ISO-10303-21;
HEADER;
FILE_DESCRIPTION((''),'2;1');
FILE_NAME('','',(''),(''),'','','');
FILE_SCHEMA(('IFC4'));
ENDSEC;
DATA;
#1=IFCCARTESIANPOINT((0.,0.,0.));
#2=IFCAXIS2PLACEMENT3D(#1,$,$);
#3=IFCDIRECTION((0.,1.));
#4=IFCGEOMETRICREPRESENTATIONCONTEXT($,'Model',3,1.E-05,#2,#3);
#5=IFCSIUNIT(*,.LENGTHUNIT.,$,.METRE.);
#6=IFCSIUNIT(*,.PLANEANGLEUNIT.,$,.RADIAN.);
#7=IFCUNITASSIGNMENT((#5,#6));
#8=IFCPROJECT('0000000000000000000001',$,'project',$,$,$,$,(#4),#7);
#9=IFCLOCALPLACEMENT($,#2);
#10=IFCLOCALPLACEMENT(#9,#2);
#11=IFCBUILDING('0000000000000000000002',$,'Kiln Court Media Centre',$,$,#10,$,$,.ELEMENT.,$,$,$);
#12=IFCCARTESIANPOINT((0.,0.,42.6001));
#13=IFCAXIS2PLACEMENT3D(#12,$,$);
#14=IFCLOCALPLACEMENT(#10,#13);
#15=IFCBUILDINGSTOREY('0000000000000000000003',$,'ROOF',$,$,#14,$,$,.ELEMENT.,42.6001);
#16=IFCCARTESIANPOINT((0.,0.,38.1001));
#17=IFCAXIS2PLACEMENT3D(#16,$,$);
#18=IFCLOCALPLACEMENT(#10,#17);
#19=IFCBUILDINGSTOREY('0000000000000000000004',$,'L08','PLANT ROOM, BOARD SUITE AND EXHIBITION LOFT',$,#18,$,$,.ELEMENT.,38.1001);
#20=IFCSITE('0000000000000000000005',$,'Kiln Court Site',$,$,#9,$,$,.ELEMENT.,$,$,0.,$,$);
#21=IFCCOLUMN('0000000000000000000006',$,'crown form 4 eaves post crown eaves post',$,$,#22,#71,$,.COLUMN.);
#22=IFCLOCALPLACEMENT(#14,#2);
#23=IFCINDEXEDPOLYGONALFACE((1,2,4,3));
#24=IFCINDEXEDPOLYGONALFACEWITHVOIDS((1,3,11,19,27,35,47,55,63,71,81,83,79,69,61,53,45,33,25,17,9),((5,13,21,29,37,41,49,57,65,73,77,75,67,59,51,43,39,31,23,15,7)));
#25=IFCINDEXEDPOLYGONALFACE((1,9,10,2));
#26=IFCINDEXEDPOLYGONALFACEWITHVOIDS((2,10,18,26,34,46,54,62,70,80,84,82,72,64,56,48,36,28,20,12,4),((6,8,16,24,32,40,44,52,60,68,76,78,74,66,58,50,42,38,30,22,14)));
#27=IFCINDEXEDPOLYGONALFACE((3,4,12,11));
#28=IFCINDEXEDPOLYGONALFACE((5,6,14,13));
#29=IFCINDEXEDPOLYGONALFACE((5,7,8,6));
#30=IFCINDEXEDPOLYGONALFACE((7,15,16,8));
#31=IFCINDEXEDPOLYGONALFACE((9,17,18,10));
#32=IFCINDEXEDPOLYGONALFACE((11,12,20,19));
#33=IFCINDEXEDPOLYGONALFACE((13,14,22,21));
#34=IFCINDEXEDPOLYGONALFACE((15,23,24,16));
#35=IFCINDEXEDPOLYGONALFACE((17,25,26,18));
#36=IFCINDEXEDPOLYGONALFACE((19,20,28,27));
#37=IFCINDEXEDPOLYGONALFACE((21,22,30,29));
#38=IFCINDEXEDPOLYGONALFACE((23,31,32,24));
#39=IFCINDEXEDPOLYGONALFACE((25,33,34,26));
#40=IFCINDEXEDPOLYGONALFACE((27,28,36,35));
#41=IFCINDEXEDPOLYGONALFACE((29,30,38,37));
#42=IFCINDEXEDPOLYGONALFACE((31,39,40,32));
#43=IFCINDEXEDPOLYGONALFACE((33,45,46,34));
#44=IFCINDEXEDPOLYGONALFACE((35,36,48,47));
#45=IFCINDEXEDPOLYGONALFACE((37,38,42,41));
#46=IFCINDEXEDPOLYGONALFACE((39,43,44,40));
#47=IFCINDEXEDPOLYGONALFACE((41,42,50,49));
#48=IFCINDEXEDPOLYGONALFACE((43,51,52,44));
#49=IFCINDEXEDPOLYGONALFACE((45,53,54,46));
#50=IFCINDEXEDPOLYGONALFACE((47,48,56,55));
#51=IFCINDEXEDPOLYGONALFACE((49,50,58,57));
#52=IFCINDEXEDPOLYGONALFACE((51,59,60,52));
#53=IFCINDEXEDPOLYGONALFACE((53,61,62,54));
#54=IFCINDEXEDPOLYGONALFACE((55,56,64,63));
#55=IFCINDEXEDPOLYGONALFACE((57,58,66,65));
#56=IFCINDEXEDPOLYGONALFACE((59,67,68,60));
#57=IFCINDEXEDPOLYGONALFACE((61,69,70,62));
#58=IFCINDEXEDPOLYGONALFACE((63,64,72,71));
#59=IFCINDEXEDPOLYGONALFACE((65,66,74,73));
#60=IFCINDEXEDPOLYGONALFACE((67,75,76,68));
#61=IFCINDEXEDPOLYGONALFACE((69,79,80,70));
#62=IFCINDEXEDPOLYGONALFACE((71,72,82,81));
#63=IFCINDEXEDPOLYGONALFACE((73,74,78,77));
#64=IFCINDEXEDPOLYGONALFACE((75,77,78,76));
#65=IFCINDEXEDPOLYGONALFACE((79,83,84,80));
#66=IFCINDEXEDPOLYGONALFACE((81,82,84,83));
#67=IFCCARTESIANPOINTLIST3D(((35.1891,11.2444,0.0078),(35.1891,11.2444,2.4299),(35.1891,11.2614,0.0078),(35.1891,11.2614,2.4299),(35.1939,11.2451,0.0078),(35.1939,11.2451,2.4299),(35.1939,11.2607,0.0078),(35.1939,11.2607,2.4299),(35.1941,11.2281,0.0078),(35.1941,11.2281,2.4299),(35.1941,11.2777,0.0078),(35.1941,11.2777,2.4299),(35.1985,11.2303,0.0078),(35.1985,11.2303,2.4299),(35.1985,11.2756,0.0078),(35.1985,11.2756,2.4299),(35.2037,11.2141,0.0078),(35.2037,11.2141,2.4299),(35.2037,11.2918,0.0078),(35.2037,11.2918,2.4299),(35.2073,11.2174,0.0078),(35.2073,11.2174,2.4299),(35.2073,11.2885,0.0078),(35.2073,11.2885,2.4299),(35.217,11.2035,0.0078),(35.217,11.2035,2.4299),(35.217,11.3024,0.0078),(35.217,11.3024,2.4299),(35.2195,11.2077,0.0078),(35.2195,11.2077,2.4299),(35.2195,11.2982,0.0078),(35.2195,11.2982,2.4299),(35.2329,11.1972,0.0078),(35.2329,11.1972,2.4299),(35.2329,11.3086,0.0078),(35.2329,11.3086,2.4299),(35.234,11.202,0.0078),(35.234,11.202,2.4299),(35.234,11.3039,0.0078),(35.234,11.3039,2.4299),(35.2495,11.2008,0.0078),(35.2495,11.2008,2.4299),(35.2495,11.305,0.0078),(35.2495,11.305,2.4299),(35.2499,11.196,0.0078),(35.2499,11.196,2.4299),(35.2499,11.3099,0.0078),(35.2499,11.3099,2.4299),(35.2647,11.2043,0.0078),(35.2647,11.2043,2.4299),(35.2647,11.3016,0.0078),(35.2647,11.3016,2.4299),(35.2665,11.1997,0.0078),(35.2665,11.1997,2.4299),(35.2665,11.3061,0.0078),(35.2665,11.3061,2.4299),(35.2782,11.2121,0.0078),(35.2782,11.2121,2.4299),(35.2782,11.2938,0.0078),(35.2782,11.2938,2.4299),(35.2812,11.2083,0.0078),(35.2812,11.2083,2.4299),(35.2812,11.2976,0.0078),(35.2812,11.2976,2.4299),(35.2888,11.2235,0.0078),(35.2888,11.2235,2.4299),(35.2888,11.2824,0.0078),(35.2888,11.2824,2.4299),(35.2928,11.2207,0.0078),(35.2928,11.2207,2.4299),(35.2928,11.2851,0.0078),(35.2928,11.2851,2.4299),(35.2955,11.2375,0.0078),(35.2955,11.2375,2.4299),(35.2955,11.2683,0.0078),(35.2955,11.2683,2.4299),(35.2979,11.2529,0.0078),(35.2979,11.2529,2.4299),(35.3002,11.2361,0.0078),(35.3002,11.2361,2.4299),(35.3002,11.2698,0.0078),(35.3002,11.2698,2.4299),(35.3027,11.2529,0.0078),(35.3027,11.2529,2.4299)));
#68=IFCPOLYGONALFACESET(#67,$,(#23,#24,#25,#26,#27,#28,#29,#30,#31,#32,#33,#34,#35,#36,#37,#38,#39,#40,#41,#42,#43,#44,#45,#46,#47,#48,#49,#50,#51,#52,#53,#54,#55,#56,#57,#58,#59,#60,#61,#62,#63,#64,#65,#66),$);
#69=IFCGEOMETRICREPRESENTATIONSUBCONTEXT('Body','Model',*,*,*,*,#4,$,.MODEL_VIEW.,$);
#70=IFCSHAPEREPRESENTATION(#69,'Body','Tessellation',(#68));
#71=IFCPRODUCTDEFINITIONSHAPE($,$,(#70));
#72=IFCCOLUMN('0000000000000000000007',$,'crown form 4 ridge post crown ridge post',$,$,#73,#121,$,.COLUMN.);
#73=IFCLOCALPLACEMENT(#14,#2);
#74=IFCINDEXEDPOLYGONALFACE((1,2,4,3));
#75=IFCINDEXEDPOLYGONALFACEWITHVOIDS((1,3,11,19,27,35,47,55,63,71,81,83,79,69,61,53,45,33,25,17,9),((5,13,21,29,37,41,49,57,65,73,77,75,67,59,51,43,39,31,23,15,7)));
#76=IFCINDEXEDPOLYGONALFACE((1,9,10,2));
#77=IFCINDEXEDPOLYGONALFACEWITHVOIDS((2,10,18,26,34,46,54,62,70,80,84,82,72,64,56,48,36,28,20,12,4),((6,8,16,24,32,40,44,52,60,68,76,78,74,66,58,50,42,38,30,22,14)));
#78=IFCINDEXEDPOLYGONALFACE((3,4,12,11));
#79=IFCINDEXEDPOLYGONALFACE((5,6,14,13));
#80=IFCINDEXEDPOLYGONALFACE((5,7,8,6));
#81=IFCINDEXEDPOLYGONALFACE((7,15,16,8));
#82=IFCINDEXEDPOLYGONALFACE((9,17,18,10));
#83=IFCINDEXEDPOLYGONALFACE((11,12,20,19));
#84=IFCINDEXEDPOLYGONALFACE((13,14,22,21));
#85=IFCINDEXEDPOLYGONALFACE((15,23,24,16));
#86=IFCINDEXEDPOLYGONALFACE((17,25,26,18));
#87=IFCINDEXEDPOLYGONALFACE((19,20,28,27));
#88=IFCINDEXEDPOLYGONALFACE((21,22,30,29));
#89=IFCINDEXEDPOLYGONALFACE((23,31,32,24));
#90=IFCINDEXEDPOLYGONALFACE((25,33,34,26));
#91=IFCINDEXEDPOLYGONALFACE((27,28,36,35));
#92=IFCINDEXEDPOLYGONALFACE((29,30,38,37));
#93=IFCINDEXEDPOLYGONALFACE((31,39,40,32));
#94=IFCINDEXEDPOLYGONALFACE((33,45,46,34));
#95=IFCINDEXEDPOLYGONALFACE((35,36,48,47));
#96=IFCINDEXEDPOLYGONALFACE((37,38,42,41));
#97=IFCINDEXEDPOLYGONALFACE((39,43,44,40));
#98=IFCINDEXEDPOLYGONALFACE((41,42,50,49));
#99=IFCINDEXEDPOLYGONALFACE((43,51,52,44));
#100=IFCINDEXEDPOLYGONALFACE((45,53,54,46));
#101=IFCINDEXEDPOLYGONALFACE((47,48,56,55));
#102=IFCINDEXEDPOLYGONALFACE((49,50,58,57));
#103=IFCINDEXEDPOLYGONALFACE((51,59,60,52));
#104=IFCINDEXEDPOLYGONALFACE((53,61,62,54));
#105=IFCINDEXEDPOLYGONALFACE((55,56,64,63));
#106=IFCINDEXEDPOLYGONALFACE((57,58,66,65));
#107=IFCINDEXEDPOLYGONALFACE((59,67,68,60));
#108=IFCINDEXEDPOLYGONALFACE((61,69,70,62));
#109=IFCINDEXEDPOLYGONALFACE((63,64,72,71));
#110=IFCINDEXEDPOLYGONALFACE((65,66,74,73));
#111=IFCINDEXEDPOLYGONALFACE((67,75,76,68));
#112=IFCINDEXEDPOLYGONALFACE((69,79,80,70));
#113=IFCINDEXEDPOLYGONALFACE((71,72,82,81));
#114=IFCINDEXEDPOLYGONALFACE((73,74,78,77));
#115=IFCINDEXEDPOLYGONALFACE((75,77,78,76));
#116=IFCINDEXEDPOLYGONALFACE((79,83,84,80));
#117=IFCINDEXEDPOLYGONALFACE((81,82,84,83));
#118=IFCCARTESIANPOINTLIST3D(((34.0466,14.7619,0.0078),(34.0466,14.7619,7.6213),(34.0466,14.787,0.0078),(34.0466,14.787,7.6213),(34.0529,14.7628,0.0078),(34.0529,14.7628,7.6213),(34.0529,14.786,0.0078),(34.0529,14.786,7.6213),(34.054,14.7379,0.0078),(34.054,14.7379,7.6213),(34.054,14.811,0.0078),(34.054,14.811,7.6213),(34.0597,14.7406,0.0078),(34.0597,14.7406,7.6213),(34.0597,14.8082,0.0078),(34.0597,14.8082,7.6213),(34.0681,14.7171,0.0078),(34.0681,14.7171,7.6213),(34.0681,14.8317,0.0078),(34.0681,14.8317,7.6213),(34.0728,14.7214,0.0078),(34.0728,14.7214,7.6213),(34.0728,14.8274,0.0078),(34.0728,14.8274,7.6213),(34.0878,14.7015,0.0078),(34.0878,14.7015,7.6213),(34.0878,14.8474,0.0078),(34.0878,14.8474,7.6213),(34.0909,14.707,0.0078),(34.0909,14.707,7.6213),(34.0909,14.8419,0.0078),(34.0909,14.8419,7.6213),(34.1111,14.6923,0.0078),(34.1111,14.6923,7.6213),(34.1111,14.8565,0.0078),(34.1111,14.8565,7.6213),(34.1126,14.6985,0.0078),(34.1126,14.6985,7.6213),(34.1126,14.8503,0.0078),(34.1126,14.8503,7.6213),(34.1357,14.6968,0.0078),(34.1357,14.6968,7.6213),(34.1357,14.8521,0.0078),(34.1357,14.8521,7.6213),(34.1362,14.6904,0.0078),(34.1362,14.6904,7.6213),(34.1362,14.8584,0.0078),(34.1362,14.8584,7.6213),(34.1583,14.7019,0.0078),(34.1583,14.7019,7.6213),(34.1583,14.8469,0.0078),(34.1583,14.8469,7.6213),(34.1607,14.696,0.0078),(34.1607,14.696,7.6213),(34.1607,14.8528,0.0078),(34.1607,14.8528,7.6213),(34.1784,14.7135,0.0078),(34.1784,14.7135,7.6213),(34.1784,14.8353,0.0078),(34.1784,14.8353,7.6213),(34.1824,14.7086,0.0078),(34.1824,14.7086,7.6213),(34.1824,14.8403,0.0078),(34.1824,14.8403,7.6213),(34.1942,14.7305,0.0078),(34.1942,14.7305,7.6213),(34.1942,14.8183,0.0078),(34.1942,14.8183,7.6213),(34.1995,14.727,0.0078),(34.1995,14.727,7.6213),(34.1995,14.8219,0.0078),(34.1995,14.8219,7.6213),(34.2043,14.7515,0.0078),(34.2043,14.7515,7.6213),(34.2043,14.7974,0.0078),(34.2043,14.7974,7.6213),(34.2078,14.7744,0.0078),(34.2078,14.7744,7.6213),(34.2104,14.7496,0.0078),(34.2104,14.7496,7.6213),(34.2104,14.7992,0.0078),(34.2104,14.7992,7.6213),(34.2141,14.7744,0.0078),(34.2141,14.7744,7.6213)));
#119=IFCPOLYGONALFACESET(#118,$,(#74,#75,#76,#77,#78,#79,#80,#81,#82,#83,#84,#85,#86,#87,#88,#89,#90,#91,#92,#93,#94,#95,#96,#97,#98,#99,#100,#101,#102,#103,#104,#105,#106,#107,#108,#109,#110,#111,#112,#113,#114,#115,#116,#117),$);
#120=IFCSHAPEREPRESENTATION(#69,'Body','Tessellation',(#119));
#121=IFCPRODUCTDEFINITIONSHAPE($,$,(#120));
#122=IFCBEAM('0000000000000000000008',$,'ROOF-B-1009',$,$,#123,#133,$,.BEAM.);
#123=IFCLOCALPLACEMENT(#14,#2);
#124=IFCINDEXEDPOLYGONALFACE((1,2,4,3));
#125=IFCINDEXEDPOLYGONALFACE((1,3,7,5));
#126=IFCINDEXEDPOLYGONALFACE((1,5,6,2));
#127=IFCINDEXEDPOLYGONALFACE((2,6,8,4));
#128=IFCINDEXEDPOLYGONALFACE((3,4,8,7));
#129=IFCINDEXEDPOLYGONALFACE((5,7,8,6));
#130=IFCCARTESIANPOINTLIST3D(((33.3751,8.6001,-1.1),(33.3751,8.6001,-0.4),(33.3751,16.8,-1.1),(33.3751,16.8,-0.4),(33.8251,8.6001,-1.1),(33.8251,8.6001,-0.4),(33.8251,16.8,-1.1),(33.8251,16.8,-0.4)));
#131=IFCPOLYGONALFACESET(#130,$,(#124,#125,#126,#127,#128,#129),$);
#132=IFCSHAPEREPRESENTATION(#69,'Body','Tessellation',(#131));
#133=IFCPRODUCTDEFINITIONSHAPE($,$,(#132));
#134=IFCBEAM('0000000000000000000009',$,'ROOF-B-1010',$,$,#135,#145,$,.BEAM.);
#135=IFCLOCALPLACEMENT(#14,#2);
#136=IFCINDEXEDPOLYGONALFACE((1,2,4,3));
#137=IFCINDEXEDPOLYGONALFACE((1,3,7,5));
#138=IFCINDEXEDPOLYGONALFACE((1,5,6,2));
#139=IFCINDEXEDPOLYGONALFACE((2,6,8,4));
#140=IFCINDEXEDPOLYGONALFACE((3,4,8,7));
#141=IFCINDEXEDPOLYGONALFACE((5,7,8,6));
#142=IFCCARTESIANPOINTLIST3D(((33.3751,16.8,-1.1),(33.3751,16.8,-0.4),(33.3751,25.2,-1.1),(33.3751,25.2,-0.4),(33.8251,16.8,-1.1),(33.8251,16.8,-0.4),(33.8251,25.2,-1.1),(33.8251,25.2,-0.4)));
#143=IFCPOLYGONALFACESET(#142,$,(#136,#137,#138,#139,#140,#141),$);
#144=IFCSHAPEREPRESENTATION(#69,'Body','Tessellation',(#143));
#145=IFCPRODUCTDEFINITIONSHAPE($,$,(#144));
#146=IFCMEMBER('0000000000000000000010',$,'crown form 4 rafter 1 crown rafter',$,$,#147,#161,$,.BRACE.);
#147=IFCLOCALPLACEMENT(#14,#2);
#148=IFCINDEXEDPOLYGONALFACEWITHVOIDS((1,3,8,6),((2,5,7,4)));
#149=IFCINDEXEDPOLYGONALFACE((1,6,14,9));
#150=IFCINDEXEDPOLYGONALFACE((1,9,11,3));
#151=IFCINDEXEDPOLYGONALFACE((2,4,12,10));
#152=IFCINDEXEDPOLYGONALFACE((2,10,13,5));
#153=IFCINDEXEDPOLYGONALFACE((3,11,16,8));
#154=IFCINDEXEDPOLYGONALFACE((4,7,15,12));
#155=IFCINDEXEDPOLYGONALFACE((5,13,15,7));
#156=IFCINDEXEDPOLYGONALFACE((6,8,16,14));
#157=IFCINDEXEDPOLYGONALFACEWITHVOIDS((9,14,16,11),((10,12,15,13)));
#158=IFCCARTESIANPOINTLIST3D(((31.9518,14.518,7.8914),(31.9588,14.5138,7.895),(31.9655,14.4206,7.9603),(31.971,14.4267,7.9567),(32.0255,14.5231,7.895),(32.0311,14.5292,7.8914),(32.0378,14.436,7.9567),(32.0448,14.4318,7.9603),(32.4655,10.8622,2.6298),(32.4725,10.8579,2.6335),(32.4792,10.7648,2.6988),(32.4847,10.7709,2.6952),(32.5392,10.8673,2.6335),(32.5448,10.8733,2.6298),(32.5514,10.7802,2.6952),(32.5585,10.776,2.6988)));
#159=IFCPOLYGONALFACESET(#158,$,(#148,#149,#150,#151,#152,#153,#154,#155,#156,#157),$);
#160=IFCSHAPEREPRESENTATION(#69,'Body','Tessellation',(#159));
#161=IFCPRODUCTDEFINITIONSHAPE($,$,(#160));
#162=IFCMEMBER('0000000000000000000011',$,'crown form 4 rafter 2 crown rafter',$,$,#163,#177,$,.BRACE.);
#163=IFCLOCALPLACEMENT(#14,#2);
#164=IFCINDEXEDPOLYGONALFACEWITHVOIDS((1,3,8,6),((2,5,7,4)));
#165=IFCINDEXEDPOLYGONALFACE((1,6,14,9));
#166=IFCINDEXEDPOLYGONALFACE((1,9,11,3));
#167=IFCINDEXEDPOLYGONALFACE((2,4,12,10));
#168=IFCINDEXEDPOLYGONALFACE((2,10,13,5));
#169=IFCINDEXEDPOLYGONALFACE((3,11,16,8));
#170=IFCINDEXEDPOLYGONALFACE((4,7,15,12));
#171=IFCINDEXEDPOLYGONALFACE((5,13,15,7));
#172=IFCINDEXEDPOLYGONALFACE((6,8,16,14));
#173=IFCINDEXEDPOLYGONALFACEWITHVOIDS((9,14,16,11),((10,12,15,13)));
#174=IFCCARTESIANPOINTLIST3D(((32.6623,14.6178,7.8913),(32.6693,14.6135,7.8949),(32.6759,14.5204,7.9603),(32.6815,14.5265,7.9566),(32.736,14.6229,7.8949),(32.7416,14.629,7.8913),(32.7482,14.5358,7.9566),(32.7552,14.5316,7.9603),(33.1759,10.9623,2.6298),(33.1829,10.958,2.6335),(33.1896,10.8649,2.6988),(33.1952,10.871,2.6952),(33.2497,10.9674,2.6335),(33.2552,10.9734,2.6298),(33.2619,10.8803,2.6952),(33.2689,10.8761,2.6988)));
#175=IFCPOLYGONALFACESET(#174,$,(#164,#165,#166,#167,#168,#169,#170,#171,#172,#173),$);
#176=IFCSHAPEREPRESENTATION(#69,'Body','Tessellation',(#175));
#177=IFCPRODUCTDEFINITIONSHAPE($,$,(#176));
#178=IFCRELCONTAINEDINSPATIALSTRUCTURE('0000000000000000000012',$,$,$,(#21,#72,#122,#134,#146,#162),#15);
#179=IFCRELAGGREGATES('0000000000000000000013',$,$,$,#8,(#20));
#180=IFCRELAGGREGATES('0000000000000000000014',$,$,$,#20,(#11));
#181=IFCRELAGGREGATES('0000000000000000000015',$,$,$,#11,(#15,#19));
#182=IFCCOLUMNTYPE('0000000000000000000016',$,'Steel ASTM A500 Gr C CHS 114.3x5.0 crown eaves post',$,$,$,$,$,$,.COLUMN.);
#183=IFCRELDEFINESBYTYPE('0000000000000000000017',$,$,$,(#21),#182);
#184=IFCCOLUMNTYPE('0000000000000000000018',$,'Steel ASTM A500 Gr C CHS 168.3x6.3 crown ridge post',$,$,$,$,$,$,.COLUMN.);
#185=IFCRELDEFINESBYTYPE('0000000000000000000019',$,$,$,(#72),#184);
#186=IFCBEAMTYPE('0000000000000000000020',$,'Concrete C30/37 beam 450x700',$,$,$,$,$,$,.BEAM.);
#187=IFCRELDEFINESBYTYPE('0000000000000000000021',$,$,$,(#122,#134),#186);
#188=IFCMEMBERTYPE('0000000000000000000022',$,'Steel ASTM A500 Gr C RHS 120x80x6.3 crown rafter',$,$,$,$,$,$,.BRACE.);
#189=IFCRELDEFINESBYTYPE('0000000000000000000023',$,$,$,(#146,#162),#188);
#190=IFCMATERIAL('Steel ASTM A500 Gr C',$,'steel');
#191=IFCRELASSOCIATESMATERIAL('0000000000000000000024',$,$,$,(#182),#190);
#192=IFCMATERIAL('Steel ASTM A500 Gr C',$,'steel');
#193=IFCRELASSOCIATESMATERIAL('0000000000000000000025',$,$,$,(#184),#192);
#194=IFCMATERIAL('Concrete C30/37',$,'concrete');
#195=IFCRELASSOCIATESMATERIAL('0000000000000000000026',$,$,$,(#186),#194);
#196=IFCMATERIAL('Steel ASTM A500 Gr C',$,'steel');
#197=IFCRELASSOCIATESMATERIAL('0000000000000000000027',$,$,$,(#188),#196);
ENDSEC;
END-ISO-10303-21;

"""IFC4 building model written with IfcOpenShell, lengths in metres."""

from ifc_helpers import new_model, si_unit, direction, frame, origin, origin_2d, place, context, subcontext, project, spatial, rectangle, hollow_rectangle, hollow_circle, extrude, material, material_profile, profile_set, type_object, element, save


model = new_model("IFC4")

# Units and contexts
model_context = context("Model", 3, precision=1e-05, world=origin(), true_north=direction((0.0, 1.0)))
body_context = subcontext(model_context, "Body", "Model", "MODEL_VIEW")
ifc_project = project(units=[si_unit("LENGTHUNIT", "METRE"), si_unit("PLANEANGLEUNIT", "RADIAN")], contexts=[model_context])

# Site, building, storey
site_placement = place(None, origin())
site = spatial("IfcSite", under=ifc_project, at=site_placement, Name="Kiln Court Site", CompositionType="ELEMENT", RefElevation=0.0)
building_placement = place(site_placement, origin())
building = spatial("IfcBuilding", under=site, at=building_placement, Name="Kiln Court Media Centre", CompositionType="ELEMENT")
storey_1_placement = place(building_placement, frame((0.0, 0.0, 42.6001)))
storey_1 = spatial("IfcBuildingStorey", under=building, at=storey_1_placement, Name="ROOF", CompositionType="ELEMENT", Elevation=42.6001)

# Columns
ifc_material_1 = material(Name="Steel ASTM A500 Gr C", Category="steel")
ifc_material_profile_1 = material_profile(ifc_material_1, hollow_circle(Radius=0.0571, WallThickness=0.0049, at=origin_2d()), Name="CHS 114.3x5.0")
ifc_profile_set_1 = profile_set([ifc_material_profile_1], Name="Steel ASTM A500 Gr C")
column_type_1 = type_object("IfcColumnType", Name="Steel ASTM A500 Gr C CHS 114.3x5.0 crown eaves post", PredefinedType="COLUMN", material=ifc_profile_set_1)
column_1_placement = place(storey_1_placement, frame((35.2456, 11.2529, 0.0078), z_axis=(0.0, 0.0, 1.0), x_axis=(1.0, 0.0, 0.0)))
element("IfcColumn", 1, at=column_1_placement, inside=storey_1, type_object=column_type_1, Name="crown form 4 eaves post crown eaves post", PredefinedType="COLUMN", context=body_context, shape_type="SweptSolid", body=[
    extrude(hollow_circle(Radius=0.0571, WallThickness=0.0049, at=origin_2d()), origin(), (0.0, 0.0, 1.0), 2.4221),
])
ifc_material_2 = material(Name="Steel ASTM A500 Gr C", Category="steel")
ifc_material_profile_2 = material_profile(ifc_material_2, hollow_circle(Radius=0.0842, WallThickness=0.0063, at=origin_2d()), Name="CHS 168.3x6.3")
ifc_profile_set_2 = profile_set([ifc_material_profile_2], Name="Steel ASTM A500 Gr C")
column_type_2 = type_object("IfcColumnType", Name="Steel ASTM A500 Gr C CHS 168.3x6.3 crown ridge post", PredefinedType="COLUMN", material=ifc_profile_set_2)
column_2_placement = place(storey_1_placement, frame((34.1299, 14.7744, 0.0078), z_axis=(0.0, 0.0, 1.0), x_axis=(1.0, 0.0, 0.0)))
element("IfcColumn", 2, at=column_2_placement, inside=storey_1, type_object=column_type_2, Name="crown form 4 ridge post crown ridge post", PredefinedType="COLUMN", context=body_context, shape_type="SweptSolid", body=[
    extrude(hollow_circle(Radius=0.0842, WallThickness=0.0063, at=origin_2d()), origin(), (0.0, 0.0, 1.0), 7.6135),
])

# Beams
ifc_material_3 = material(Name="Concrete C30/37", Category="concrete")
ifc_material_profile_3 = material_profile(ifc_material_3, rectangle(XDim=0.45, YDim=0.7, at=origin_2d()), Name="RC 450x700")
ifc_profile_set_3 = profile_set([ifc_material_profile_3], Name="Concrete C30/37")
beam_type = type_object("IfcBeamType", Name="Concrete C30/37 beam 450x700", PredefinedType="BEAM", material=ifc_profile_set_3)
beam_1_placement = place(storey_1_placement, frame((33.6001, 8.6001, -0.75), z_axis=(0.0, 1.0, 0.0), x_axis=(-1.0, 0.0, 0.0)))
element("IfcBeam", 3, at=beam_1_placement, inside=storey_1, type_object=beam_type, Name="ROOF-B-1009", PredefinedType="BEAM", context=body_context, shape_type="SweptSolid", body=[
    extrude(rectangle(XDim=0.45, YDim=0.7, at=origin_2d()), origin(), (0.0, 0.0, 1.0), 8.2),
])
beam_2_placement = place(storey_1_placement, frame((33.6001, 16.8, -0.75), z_axis=(0.0, 1.0, 0.0), x_axis=(-1.0, 0.0, 0.0)))
element("IfcBeam", 4, at=beam_2_placement, inside=storey_1, type_object=beam_type, Name="ROOF-B-1010", PredefinedType="BEAM", context=body_context, shape_type="SweptSolid", body=[
    extrude(rectangle(XDim=0.45, YDim=0.7, at=origin_2d()), origin(), (0.0, 0.0, 1.0), 8.3999),
])

# Members
ifc_material_4 = material(Name="Steel ASTM A500 Gr C", Category="steel")
ifc_material_profile_4 = material_profile(ifc_material_4, hollow_rectangle(XDim=0.0801, YDim=0.1201, WallThickness=0.0063, at=origin_2d()), Name="RHS 120x80x6.3")
ifc_profile_set_4 = profile_set([ifc_material_profile_4], Name="Steel ASTM A500 Gr C")
member_type = type_object("IfcMemberType", Name="Steel ASTM A500 Gr C RHS 120x80x6.3 crown rafter", PredefinedType="BRACE", material=ifc_profile_set_4)
member_1_placement = place(storey_1_placement, frame((32.512, 10.8191, 2.6643), z_axis=(-0.079919, 0.568777, 0.8186), x_axis=(-0.990272, -0.139143, 0.0)))
element("IfcMember", 5, at=member_1_placement, inside=storey_1, type_object=member_type, Name="crown form 4 rafter 1 crown rafter", PredefinedType="BRACE", context=body_context, shape_type="SweptSolid", body=[
    extrude(hollow_rectangle(XDim=0.0801, YDim=0.1201, WallThickness=0.0063, at=origin_2d()), origin(), (0.0, 0.0, 1.0), 6.4275),
])
member_2_placement = place(storey_1_placement, frame((33.2224, 10.9192, 2.6643), z_axis=(-0.079921, 0.568751, 0.818617), x_axis=(-0.990271, -0.139152, 0.0)))
element("IfcMember", 6, at=member_2_placement, inside=storey_1, type_object=member_type, Name="crown form 4 rafter 2 crown rafter", PredefinedType="BRACE", context=body_context, shape_type="SweptSolid", body=[
    extrude(hollow_rectangle(XDim=0.0801, YDim=0.1201, WallThickness=0.0063, at=origin_2d()), origin(), (0.0, 0.0, 1.0), 6.4272),
])

# Shared definitions
storey_2_placement = place(building_placement, frame((0.0, 0.0, 38.1001)))
storey_2 = spatial("IfcBuildingStorey", under=building, at=storey_2_placement, Name="L08", Description="PLANT ROOM, BOARD SUITE AND EXHIBITION LOFT", CompositionType="ELEMENT", Elevation=38.1001)

save(model, "model.ifc")
